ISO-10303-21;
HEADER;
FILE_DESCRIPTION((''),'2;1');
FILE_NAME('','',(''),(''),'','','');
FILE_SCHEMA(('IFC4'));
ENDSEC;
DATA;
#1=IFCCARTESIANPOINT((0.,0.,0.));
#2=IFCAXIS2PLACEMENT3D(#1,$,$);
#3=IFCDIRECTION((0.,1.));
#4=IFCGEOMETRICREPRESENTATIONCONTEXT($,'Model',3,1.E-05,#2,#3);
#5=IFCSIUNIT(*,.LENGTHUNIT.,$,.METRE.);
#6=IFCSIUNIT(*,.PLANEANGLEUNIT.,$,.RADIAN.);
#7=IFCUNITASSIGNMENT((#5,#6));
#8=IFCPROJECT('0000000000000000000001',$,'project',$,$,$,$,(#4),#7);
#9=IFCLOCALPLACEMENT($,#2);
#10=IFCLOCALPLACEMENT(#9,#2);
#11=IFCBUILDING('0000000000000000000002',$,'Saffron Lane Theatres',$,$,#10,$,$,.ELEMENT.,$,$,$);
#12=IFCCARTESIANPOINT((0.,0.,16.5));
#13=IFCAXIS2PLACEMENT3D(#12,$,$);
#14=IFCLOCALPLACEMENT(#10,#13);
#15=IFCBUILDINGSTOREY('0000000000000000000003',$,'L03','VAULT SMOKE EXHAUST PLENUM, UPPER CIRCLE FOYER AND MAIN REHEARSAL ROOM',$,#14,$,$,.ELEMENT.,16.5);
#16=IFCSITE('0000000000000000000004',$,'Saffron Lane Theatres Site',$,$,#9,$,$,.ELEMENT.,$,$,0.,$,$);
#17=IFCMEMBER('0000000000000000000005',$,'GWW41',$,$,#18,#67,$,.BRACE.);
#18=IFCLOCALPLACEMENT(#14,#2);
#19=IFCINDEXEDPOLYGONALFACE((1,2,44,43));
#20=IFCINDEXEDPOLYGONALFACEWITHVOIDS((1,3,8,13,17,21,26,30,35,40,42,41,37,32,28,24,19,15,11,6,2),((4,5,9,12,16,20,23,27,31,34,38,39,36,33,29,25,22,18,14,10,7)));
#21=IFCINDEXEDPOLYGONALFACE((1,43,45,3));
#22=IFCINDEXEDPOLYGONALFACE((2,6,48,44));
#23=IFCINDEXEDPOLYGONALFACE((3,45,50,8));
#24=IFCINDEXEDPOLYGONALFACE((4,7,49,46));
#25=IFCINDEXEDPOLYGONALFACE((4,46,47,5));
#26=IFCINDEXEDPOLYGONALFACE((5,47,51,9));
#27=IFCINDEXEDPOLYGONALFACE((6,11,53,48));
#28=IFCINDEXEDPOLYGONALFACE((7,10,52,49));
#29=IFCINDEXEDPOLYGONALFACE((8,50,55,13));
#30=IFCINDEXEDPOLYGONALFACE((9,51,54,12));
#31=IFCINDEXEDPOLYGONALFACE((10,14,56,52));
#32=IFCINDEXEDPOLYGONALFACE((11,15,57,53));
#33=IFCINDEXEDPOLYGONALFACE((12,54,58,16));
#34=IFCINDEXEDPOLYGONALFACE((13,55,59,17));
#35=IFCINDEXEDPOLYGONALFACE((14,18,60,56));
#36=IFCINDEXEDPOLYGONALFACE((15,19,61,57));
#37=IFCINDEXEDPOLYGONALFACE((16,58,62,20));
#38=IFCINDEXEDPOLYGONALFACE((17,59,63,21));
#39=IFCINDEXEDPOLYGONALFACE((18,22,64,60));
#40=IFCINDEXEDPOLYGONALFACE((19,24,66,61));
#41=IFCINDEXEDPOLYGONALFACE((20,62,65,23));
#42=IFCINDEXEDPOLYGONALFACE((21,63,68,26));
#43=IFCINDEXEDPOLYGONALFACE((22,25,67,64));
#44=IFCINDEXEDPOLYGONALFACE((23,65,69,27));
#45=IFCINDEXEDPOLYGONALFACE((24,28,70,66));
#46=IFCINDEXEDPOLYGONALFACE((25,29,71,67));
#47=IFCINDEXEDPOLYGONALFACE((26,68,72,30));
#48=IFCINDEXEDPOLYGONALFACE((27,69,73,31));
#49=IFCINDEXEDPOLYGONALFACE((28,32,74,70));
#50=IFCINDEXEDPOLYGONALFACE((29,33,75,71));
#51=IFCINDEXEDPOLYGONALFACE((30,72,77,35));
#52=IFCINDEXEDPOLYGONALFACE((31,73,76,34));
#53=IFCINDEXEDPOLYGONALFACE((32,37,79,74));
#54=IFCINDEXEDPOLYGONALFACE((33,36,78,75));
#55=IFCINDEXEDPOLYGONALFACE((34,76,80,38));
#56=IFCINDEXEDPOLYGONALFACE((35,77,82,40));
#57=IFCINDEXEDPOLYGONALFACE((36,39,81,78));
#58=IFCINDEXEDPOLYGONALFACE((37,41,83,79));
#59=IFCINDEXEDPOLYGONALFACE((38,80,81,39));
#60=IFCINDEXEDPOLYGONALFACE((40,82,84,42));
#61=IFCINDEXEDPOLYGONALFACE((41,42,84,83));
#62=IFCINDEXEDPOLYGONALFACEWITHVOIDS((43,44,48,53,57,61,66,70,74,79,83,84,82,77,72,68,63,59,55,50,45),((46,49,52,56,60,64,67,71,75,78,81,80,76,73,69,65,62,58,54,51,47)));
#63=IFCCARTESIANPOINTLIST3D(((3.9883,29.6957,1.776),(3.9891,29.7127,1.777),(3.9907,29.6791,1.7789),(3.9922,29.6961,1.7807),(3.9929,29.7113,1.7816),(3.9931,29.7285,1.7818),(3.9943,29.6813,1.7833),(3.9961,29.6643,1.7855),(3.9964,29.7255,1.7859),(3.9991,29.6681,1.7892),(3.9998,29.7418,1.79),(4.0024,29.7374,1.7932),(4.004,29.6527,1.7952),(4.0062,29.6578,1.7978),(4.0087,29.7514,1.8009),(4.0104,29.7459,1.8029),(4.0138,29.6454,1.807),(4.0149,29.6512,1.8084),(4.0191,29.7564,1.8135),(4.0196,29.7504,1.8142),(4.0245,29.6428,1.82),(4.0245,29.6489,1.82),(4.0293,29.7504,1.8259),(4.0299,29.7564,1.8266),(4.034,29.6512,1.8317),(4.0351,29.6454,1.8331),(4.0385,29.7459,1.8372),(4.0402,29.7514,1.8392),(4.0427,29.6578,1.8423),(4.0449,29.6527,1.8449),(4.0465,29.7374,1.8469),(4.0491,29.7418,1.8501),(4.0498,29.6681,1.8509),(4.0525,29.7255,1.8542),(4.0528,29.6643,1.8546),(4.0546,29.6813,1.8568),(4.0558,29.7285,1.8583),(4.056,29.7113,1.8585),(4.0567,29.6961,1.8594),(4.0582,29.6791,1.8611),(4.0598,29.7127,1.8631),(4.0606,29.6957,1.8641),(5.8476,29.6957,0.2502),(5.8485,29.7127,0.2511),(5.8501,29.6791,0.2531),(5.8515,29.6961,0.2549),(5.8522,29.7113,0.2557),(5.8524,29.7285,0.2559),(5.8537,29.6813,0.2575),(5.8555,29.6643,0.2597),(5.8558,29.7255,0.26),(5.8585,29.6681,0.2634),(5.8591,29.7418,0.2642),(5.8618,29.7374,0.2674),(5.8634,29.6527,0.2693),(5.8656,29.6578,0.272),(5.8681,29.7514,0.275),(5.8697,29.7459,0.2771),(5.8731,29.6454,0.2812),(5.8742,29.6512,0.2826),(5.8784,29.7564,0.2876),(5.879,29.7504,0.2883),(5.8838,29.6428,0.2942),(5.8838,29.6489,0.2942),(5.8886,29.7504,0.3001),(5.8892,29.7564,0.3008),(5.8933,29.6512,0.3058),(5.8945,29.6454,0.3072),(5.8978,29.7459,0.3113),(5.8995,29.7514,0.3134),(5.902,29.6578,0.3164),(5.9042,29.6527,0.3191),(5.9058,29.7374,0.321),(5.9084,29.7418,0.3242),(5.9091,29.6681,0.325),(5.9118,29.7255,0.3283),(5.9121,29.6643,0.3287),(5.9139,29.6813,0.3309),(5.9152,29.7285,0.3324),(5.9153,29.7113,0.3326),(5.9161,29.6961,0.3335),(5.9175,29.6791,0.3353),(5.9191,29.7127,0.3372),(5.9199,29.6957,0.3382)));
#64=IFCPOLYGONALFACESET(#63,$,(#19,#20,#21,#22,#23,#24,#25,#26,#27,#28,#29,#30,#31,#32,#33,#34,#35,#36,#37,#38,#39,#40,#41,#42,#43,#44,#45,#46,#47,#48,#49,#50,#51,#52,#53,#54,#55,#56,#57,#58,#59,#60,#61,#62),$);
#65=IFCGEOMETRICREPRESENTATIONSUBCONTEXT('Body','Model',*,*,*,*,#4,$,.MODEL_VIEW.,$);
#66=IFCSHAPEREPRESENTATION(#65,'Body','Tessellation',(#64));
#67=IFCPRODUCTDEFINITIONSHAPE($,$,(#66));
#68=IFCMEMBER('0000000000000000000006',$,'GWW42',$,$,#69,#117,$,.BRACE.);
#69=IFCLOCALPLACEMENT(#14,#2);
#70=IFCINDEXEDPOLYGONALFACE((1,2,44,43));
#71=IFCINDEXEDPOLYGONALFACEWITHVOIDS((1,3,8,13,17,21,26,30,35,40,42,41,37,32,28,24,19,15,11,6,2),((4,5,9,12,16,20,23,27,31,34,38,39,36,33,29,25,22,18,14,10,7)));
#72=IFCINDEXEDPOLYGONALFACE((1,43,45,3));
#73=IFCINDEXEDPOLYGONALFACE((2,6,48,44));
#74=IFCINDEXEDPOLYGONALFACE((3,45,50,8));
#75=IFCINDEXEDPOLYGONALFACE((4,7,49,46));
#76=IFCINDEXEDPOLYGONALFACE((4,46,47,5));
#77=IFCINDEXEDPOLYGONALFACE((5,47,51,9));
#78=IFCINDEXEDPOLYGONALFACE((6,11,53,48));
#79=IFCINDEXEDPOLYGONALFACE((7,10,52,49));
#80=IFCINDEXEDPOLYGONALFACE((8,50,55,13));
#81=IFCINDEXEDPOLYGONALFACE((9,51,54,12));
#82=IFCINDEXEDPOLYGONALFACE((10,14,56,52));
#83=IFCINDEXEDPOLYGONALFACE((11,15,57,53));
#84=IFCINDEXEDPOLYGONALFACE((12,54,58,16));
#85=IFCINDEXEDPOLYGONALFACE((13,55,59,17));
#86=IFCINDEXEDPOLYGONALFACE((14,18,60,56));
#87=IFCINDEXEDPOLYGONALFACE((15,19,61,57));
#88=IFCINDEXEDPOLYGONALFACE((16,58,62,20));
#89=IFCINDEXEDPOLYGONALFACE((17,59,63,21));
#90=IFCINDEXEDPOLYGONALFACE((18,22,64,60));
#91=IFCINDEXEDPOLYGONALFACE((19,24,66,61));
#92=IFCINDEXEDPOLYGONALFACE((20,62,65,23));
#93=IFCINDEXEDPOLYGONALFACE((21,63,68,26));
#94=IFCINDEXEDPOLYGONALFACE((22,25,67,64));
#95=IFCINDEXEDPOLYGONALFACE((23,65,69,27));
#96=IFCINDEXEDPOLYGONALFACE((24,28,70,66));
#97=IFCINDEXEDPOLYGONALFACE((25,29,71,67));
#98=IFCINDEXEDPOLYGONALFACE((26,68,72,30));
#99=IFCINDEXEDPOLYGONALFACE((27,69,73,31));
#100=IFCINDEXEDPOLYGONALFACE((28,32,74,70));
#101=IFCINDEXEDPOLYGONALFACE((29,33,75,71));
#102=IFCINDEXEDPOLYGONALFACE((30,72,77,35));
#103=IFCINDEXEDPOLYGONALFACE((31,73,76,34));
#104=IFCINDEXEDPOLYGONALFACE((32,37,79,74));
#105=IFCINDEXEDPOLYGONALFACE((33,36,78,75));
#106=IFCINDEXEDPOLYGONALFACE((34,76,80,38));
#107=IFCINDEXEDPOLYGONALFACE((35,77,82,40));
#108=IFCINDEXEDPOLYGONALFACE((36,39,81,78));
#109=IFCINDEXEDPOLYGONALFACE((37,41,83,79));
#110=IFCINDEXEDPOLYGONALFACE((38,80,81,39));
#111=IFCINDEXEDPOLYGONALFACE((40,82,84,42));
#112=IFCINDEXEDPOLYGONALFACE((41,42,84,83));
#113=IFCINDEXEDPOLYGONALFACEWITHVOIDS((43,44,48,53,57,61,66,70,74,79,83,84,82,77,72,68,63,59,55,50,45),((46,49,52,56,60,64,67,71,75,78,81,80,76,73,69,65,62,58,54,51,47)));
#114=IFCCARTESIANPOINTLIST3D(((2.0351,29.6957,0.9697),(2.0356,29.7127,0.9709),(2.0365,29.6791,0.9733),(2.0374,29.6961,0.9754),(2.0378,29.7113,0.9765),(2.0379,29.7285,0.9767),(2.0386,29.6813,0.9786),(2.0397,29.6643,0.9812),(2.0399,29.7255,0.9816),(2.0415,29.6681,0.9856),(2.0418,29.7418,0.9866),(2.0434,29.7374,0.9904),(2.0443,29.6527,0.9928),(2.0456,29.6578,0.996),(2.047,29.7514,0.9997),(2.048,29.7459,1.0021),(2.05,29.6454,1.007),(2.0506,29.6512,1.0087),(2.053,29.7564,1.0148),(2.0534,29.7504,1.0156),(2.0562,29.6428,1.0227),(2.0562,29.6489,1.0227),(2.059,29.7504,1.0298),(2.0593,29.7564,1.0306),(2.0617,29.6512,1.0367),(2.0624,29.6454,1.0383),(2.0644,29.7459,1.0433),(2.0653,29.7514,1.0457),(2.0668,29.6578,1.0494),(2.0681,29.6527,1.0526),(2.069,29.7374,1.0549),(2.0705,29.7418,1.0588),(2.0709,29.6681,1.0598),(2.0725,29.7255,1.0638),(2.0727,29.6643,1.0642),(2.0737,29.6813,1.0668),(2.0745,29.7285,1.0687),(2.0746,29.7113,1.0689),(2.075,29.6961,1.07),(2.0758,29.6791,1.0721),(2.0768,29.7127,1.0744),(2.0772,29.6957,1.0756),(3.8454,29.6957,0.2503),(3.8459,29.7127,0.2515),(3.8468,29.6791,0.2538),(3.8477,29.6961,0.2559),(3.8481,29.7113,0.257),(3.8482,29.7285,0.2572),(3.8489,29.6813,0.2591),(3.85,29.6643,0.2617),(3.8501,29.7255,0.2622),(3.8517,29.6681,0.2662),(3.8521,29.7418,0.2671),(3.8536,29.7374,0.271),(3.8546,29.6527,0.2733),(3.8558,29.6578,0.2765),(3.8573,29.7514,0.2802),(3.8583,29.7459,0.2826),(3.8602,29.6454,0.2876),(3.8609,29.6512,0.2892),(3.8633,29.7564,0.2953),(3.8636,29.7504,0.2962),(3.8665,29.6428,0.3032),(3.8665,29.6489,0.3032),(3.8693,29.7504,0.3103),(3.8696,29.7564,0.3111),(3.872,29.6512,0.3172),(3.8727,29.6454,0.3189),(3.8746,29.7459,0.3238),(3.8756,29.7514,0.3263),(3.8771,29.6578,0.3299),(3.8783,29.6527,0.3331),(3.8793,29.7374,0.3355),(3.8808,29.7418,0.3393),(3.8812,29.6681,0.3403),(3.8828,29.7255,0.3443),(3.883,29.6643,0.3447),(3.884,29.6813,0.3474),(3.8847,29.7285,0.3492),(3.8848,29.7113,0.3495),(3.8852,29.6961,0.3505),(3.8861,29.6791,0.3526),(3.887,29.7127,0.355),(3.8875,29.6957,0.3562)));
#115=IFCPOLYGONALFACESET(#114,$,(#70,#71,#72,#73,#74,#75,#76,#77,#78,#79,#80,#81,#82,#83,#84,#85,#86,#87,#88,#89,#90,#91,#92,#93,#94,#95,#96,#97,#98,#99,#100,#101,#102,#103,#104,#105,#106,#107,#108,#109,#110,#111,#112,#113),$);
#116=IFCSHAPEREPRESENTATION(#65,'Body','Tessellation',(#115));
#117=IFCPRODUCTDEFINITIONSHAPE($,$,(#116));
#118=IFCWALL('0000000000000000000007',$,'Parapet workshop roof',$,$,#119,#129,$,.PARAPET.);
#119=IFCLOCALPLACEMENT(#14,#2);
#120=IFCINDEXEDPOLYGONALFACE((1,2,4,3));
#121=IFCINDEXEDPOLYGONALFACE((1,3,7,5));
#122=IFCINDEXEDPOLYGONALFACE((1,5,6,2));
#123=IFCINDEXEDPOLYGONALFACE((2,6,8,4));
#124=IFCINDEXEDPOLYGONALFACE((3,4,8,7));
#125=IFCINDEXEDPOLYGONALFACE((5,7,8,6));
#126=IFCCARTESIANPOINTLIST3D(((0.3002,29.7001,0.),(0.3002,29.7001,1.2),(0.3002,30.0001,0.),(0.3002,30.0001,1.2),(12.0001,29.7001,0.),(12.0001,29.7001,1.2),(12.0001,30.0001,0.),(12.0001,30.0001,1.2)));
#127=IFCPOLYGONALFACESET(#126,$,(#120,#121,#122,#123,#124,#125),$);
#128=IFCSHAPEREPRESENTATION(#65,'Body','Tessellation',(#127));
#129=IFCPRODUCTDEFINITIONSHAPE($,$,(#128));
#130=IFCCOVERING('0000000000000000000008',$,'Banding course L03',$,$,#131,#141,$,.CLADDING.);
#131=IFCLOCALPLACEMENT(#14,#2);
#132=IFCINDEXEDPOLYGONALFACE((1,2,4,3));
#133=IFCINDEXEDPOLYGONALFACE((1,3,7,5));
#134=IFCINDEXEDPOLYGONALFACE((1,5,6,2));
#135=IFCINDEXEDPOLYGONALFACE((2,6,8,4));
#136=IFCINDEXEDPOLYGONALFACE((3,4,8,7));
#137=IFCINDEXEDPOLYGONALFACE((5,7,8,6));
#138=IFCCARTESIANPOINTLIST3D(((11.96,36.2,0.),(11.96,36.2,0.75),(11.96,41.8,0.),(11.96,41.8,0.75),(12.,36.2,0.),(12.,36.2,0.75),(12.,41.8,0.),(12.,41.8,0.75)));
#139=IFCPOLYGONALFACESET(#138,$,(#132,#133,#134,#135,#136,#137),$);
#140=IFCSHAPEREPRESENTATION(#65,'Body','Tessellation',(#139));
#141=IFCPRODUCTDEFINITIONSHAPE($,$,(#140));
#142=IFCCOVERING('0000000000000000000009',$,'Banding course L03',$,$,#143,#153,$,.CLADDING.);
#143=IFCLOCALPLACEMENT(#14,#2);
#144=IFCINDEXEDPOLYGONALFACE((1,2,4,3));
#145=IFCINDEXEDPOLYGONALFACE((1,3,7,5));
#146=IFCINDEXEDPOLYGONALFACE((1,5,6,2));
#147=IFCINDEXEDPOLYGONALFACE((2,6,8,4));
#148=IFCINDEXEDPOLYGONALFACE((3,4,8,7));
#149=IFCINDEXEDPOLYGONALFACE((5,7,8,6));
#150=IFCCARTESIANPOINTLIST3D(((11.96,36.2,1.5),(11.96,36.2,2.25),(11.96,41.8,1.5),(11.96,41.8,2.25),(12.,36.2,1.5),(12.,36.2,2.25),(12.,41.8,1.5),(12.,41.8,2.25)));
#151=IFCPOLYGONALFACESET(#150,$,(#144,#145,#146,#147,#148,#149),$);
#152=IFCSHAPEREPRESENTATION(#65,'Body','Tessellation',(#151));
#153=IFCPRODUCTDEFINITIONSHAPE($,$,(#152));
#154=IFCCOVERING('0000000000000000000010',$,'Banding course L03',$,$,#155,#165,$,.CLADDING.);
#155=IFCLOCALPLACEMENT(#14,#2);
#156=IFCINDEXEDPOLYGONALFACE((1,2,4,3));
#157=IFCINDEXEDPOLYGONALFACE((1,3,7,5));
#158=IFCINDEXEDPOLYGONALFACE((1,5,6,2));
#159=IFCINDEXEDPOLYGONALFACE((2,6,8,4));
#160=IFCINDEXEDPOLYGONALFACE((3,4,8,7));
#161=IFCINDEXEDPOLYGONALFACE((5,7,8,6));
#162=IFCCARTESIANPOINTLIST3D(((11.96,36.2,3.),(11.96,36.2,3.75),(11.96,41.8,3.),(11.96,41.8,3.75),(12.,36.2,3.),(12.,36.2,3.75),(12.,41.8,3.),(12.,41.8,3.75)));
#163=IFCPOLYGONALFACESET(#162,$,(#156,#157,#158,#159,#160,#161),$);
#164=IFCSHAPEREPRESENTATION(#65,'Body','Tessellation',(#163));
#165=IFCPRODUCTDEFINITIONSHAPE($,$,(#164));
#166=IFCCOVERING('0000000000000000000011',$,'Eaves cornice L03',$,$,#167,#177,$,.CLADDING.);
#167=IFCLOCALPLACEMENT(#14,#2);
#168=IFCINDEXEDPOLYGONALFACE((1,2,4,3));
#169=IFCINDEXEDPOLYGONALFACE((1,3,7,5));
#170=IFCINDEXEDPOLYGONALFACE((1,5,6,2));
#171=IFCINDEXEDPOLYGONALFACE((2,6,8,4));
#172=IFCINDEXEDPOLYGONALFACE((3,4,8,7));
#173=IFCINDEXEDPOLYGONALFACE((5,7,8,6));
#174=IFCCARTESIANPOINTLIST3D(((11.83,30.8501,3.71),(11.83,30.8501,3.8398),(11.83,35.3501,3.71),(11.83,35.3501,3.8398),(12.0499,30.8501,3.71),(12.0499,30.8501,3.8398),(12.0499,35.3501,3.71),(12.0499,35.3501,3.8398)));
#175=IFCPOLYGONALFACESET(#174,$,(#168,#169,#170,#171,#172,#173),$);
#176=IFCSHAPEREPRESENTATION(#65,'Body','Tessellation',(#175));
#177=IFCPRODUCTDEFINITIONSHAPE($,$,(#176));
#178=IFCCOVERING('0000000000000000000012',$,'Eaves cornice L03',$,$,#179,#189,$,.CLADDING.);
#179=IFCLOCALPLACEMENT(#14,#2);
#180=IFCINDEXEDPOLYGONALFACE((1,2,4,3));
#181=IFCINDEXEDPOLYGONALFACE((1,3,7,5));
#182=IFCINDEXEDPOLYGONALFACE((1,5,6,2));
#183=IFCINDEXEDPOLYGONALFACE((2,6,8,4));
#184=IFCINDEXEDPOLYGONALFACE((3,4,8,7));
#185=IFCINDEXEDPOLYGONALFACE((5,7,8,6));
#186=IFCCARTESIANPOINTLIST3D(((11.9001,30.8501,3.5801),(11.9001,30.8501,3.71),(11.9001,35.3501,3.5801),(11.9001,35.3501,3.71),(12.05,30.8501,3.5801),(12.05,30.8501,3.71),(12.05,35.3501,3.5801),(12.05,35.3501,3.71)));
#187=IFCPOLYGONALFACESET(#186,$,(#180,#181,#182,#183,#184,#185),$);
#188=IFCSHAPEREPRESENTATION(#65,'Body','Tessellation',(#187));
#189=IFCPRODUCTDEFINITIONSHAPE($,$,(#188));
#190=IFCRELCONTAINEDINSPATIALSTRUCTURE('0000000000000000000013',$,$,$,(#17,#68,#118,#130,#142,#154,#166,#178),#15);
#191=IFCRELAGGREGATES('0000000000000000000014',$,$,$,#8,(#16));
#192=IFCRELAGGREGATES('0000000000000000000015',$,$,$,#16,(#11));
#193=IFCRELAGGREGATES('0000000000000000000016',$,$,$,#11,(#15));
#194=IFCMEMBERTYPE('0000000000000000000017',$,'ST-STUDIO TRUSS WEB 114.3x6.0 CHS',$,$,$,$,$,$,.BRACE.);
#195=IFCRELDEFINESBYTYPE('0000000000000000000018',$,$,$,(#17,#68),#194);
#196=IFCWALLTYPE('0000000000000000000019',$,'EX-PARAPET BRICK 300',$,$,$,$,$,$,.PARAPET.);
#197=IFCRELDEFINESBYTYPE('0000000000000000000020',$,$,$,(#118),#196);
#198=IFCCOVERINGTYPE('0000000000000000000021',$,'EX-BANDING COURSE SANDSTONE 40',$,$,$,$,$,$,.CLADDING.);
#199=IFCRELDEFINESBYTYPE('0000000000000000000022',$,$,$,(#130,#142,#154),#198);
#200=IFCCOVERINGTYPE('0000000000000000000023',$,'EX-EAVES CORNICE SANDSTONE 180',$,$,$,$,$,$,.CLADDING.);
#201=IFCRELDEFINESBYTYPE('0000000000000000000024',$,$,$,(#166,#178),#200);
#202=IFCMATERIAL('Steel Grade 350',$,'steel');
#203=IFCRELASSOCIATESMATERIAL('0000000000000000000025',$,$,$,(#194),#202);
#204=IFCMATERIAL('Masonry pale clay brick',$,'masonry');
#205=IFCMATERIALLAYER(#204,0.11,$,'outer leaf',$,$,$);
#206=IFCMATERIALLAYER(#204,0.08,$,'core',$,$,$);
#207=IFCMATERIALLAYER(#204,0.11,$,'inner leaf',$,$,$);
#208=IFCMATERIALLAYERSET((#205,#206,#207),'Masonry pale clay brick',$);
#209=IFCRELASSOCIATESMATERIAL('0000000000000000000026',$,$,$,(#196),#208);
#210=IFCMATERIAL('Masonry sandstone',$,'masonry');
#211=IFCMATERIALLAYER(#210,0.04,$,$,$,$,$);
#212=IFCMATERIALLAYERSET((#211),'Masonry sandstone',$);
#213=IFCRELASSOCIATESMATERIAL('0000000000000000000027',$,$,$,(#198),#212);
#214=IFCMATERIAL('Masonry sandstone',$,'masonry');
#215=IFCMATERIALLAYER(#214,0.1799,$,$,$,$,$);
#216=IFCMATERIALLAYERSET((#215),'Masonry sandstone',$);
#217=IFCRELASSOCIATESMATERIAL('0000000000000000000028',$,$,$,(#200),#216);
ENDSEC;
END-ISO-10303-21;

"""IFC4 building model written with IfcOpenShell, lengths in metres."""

from ifc_helpers import new_model, si_unit, direction, frame, frame_2d, origin, origin_2d, place, context, subcontext, project, spatial, rectangle, hollow_circle, extrude, material, layer, layer_set, material_profile, profile_set, type_object, element, save


model = new_model("IFC4")

# Units and contexts
model_context = context("Model", 3, precision=1e-05, world=origin(), true_north=direction((0.0, 1.0)))
body_context = subcontext(model_context, "Body", "Model", "MODEL_VIEW")
ifc_project = project(units=[si_unit("LENGTHUNIT", "METRE"), si_unit("PLANEANGLEUNIT", "RADIAN")], contexts=[model_context])

# Site, building, storey
site_placement = place(None, origin())
site = spatial("IfcSite", under=ifc_project, at=site_placement, Name="Saffron Lane Theatres Site", CompositionType="ELEMENT", RefElevation=0.0)
building_placement = place(site_placement, origin())
building = spatial("IfcBuilding", under=site, at=building_placement, Name="Saffron Lane Theatres", CompositionType="ELEMENT")
storey_placement = place(building_placement, frame((0.0, 0.0, 16.5)))
storey = spatial("IfcBuildingStorey", under=building, at=storey_placement, Name="L03", Description="VAULT SMOKE EXHAUST PLENUM, UPPER CIRCLE FOYER AND MAIN REHEARSAL ROOM", CompositionType="ELEMENT", Elevation=16.5)

# Members
ifc_material_1 = material(Name="Steel Grade 350", Category="steel")
ifc_material_profile_1 = material_profile(ifc_material_1, hollow_circle(Radius=0.0571, WallThickness=0.0061, at=origin_2d()))
ifc_profile_set_1 = profile_set([ifc_material_profile_1], Name="Steel Grade 350")
member_type_1 = type_object("IfcMemberType", Name="ST-STUDIO TRUSS WEB 114.3x6.0 CHS", PredefinedType="BRACE", material=ifc_profile_set_1)
member_1_placement = place(storey_placement, frame((5.8838, 29.7, 0.2942), z_axis=(-0.773025, 0.0, 0.634376), x_axis=(0.0, -1.0, 0.0)))
element("IfcMember", 1, at=member_1_placement, inside=storey, type_object=member_type_1, Name="GWW41", PredefinedType="BRACE", context=body_context, shape_type="SweptSolid", body=[
    extrude(hollow_circle(Radius=0.0571, WallThickness=0.0061, at=origin_2d()), origin(), (0.0, 0.0, 1.0), 2.4053),
])
member_2_placement = place(storey_placement, frame((3.8665, 29.7, 0.3032), z_axis=(-0.929296, 0.0, 0.369337), x_axis=(0.0, -1.0, 0.0)))
element("IfcMember", 2, at=member_2_placement, inside=storey, type_object=member_type_1, Name="GWW42", PredefinedType="BRACE", context=body_context, shape_type="SweptSolid", body=[
    extrude(hollow_circle(Radius=0.0571, WallThickness=0.0061, at=origin_2d()), origin(), (0.0, 0.0, 1.0), 1.948),
])

# Wall
ifc_material_2 = material(Name="Masonry pale clay brick", Category="masonry")
ifc_layer_1 = layer(ifc_material_2, 0.11, Name="outer leaf")
ifc_layer_2 = layer(ifc_material_2, 0.08, Name="core")
ifc_layer_3 = layer(ifc_material_2, 0.11, Name="inner leaf")
ifc_layer_set_1 = layer_set([ifc_layer_1, ifc_layer_2, ifc_layer_3], Name="Masonry pale clay brick")
wall_type = type_object("IfcWallType", Name="EX-PARAPET BRICK 300", PredefinedType="PARAPET", material=ifc_layer_set_1)
wall_placement = place(storey_placement, frame((0.3, 29.8501, 0.0), z_axis=(0.0, 0.0, 1.0), x_axis=(1.0, 0.0, 0.0)))
element("IfcWall", 3, at=wall_placement, inside=storey, type_object=wall_type, Name="Parapet workshop roof", PredefinedType="PARAPET", context=body_context, shape_type="SweptSolid", body=[
    extrude(rectangle(XDim=11.7, YDim=0.3, at=frame_2d((5.8501, 0.0))), origin(), (0.0, 0.0, 1.0), 1.2),
])

# Coverings
ifc_material_3 = material(Name="Masonry sandstone", Category="masonry")
ifc_layer_4 = layer(ifc_material_3, 0.04)
ifc_layer_set_2 = layer_set([ifc_layer_4], Name="Masonry sandstone")
covering_type_1 = type_object("IfcCoveringType", Name="EX-BANDING COURSE SANDSTONE 40", PredefinedType="CLADDING", material=ifc_layer_set_2)
for number, where, z_axis, x_axis, name in (
    (4, (11.98, 39.0, 0.0), (0.0, 0.0, 1.0), (0.0, 1.0, 0.0), "Banding course L03"),
    (5, (11.98, 39.0, 1.5), (0.0, 0.0, 1.0), (0.0, 1.0, 0.0), "Banding course L03"),
    (6, (11.98, 39.0, 3.0), (0.0, 0.0, 1.0), (0.0, 1.0, 0.0), "Banding course L03"),
):
    element("IfcCovering", number, at=place(storey_placement, frame(where, z_axis=z_axis, x_axis=x_axis)), inside=storey, type_object=covering_type_1, Name=name, PredefinedType="CLADDING", context=body_context, shape_type="SweptSolid", body=[
        extrude(rectangle(XDim=5.6001, YDim=0.04, at=origin_2d()), origin(), (0.0, 0.0, 1.0), 0.75),
    ])
ifc_material_4 = material(Name="Masonry sandstone", Category="masonry")
ifc_layer_5 = layer(ifc_material_4, 0.1799)
ifc_layer_set_3 = layer_set([ifc_layer_5], Name="Masonry sandstone")
covering_type_2 = type_object("IfcCoveringType", Name="EX-EAVES CORNICE SANDSTONE 180", PredefinedType="CLADDING", material=ifc_layer_set_3)
covering_1_placement = place(storey_placement, frame((11.9399, 33.1001, 3.71), z_axis=(0.0, 0.0, 1.0), x_axis=(0.0, 1.0, 0.0)))
element("IfcCovering", 7, at=covering_1_placement, inside=storey, type_object=covering_type_2, Name="Eaves cornice L03", PredefinedType="CLADDING", context=body_context, shape_type="SweptSolid", body=[
    extrude(rectangle(XDim=4.5, YDim=0.22, at=origin_2d()), origin(), (0.0, 0.0, 1.0), 0.1299),
])
covering_2_placement = place(storey_placement, frame((11.9751, 33.1001, 3.5801), z_axis=(0.0, 0.0, 1.0), x_axis=(0.0, 1.0, 0.0)))
element("IfcCovering", 8, at=covering_2_placement, inside=storey, type_object=covering_type_2, Name="Eaves cornice L03", PredefinedType="CLADDING", context=body_context, shape_type="SweptSolid", body=[
    extrude(rectangle(XDim=4.5, YDim=0.1499, at=origin_2d()), origin(), (0.0, 0.0, 1.0), 0.1299),
])

save(model, "model.ifc")
